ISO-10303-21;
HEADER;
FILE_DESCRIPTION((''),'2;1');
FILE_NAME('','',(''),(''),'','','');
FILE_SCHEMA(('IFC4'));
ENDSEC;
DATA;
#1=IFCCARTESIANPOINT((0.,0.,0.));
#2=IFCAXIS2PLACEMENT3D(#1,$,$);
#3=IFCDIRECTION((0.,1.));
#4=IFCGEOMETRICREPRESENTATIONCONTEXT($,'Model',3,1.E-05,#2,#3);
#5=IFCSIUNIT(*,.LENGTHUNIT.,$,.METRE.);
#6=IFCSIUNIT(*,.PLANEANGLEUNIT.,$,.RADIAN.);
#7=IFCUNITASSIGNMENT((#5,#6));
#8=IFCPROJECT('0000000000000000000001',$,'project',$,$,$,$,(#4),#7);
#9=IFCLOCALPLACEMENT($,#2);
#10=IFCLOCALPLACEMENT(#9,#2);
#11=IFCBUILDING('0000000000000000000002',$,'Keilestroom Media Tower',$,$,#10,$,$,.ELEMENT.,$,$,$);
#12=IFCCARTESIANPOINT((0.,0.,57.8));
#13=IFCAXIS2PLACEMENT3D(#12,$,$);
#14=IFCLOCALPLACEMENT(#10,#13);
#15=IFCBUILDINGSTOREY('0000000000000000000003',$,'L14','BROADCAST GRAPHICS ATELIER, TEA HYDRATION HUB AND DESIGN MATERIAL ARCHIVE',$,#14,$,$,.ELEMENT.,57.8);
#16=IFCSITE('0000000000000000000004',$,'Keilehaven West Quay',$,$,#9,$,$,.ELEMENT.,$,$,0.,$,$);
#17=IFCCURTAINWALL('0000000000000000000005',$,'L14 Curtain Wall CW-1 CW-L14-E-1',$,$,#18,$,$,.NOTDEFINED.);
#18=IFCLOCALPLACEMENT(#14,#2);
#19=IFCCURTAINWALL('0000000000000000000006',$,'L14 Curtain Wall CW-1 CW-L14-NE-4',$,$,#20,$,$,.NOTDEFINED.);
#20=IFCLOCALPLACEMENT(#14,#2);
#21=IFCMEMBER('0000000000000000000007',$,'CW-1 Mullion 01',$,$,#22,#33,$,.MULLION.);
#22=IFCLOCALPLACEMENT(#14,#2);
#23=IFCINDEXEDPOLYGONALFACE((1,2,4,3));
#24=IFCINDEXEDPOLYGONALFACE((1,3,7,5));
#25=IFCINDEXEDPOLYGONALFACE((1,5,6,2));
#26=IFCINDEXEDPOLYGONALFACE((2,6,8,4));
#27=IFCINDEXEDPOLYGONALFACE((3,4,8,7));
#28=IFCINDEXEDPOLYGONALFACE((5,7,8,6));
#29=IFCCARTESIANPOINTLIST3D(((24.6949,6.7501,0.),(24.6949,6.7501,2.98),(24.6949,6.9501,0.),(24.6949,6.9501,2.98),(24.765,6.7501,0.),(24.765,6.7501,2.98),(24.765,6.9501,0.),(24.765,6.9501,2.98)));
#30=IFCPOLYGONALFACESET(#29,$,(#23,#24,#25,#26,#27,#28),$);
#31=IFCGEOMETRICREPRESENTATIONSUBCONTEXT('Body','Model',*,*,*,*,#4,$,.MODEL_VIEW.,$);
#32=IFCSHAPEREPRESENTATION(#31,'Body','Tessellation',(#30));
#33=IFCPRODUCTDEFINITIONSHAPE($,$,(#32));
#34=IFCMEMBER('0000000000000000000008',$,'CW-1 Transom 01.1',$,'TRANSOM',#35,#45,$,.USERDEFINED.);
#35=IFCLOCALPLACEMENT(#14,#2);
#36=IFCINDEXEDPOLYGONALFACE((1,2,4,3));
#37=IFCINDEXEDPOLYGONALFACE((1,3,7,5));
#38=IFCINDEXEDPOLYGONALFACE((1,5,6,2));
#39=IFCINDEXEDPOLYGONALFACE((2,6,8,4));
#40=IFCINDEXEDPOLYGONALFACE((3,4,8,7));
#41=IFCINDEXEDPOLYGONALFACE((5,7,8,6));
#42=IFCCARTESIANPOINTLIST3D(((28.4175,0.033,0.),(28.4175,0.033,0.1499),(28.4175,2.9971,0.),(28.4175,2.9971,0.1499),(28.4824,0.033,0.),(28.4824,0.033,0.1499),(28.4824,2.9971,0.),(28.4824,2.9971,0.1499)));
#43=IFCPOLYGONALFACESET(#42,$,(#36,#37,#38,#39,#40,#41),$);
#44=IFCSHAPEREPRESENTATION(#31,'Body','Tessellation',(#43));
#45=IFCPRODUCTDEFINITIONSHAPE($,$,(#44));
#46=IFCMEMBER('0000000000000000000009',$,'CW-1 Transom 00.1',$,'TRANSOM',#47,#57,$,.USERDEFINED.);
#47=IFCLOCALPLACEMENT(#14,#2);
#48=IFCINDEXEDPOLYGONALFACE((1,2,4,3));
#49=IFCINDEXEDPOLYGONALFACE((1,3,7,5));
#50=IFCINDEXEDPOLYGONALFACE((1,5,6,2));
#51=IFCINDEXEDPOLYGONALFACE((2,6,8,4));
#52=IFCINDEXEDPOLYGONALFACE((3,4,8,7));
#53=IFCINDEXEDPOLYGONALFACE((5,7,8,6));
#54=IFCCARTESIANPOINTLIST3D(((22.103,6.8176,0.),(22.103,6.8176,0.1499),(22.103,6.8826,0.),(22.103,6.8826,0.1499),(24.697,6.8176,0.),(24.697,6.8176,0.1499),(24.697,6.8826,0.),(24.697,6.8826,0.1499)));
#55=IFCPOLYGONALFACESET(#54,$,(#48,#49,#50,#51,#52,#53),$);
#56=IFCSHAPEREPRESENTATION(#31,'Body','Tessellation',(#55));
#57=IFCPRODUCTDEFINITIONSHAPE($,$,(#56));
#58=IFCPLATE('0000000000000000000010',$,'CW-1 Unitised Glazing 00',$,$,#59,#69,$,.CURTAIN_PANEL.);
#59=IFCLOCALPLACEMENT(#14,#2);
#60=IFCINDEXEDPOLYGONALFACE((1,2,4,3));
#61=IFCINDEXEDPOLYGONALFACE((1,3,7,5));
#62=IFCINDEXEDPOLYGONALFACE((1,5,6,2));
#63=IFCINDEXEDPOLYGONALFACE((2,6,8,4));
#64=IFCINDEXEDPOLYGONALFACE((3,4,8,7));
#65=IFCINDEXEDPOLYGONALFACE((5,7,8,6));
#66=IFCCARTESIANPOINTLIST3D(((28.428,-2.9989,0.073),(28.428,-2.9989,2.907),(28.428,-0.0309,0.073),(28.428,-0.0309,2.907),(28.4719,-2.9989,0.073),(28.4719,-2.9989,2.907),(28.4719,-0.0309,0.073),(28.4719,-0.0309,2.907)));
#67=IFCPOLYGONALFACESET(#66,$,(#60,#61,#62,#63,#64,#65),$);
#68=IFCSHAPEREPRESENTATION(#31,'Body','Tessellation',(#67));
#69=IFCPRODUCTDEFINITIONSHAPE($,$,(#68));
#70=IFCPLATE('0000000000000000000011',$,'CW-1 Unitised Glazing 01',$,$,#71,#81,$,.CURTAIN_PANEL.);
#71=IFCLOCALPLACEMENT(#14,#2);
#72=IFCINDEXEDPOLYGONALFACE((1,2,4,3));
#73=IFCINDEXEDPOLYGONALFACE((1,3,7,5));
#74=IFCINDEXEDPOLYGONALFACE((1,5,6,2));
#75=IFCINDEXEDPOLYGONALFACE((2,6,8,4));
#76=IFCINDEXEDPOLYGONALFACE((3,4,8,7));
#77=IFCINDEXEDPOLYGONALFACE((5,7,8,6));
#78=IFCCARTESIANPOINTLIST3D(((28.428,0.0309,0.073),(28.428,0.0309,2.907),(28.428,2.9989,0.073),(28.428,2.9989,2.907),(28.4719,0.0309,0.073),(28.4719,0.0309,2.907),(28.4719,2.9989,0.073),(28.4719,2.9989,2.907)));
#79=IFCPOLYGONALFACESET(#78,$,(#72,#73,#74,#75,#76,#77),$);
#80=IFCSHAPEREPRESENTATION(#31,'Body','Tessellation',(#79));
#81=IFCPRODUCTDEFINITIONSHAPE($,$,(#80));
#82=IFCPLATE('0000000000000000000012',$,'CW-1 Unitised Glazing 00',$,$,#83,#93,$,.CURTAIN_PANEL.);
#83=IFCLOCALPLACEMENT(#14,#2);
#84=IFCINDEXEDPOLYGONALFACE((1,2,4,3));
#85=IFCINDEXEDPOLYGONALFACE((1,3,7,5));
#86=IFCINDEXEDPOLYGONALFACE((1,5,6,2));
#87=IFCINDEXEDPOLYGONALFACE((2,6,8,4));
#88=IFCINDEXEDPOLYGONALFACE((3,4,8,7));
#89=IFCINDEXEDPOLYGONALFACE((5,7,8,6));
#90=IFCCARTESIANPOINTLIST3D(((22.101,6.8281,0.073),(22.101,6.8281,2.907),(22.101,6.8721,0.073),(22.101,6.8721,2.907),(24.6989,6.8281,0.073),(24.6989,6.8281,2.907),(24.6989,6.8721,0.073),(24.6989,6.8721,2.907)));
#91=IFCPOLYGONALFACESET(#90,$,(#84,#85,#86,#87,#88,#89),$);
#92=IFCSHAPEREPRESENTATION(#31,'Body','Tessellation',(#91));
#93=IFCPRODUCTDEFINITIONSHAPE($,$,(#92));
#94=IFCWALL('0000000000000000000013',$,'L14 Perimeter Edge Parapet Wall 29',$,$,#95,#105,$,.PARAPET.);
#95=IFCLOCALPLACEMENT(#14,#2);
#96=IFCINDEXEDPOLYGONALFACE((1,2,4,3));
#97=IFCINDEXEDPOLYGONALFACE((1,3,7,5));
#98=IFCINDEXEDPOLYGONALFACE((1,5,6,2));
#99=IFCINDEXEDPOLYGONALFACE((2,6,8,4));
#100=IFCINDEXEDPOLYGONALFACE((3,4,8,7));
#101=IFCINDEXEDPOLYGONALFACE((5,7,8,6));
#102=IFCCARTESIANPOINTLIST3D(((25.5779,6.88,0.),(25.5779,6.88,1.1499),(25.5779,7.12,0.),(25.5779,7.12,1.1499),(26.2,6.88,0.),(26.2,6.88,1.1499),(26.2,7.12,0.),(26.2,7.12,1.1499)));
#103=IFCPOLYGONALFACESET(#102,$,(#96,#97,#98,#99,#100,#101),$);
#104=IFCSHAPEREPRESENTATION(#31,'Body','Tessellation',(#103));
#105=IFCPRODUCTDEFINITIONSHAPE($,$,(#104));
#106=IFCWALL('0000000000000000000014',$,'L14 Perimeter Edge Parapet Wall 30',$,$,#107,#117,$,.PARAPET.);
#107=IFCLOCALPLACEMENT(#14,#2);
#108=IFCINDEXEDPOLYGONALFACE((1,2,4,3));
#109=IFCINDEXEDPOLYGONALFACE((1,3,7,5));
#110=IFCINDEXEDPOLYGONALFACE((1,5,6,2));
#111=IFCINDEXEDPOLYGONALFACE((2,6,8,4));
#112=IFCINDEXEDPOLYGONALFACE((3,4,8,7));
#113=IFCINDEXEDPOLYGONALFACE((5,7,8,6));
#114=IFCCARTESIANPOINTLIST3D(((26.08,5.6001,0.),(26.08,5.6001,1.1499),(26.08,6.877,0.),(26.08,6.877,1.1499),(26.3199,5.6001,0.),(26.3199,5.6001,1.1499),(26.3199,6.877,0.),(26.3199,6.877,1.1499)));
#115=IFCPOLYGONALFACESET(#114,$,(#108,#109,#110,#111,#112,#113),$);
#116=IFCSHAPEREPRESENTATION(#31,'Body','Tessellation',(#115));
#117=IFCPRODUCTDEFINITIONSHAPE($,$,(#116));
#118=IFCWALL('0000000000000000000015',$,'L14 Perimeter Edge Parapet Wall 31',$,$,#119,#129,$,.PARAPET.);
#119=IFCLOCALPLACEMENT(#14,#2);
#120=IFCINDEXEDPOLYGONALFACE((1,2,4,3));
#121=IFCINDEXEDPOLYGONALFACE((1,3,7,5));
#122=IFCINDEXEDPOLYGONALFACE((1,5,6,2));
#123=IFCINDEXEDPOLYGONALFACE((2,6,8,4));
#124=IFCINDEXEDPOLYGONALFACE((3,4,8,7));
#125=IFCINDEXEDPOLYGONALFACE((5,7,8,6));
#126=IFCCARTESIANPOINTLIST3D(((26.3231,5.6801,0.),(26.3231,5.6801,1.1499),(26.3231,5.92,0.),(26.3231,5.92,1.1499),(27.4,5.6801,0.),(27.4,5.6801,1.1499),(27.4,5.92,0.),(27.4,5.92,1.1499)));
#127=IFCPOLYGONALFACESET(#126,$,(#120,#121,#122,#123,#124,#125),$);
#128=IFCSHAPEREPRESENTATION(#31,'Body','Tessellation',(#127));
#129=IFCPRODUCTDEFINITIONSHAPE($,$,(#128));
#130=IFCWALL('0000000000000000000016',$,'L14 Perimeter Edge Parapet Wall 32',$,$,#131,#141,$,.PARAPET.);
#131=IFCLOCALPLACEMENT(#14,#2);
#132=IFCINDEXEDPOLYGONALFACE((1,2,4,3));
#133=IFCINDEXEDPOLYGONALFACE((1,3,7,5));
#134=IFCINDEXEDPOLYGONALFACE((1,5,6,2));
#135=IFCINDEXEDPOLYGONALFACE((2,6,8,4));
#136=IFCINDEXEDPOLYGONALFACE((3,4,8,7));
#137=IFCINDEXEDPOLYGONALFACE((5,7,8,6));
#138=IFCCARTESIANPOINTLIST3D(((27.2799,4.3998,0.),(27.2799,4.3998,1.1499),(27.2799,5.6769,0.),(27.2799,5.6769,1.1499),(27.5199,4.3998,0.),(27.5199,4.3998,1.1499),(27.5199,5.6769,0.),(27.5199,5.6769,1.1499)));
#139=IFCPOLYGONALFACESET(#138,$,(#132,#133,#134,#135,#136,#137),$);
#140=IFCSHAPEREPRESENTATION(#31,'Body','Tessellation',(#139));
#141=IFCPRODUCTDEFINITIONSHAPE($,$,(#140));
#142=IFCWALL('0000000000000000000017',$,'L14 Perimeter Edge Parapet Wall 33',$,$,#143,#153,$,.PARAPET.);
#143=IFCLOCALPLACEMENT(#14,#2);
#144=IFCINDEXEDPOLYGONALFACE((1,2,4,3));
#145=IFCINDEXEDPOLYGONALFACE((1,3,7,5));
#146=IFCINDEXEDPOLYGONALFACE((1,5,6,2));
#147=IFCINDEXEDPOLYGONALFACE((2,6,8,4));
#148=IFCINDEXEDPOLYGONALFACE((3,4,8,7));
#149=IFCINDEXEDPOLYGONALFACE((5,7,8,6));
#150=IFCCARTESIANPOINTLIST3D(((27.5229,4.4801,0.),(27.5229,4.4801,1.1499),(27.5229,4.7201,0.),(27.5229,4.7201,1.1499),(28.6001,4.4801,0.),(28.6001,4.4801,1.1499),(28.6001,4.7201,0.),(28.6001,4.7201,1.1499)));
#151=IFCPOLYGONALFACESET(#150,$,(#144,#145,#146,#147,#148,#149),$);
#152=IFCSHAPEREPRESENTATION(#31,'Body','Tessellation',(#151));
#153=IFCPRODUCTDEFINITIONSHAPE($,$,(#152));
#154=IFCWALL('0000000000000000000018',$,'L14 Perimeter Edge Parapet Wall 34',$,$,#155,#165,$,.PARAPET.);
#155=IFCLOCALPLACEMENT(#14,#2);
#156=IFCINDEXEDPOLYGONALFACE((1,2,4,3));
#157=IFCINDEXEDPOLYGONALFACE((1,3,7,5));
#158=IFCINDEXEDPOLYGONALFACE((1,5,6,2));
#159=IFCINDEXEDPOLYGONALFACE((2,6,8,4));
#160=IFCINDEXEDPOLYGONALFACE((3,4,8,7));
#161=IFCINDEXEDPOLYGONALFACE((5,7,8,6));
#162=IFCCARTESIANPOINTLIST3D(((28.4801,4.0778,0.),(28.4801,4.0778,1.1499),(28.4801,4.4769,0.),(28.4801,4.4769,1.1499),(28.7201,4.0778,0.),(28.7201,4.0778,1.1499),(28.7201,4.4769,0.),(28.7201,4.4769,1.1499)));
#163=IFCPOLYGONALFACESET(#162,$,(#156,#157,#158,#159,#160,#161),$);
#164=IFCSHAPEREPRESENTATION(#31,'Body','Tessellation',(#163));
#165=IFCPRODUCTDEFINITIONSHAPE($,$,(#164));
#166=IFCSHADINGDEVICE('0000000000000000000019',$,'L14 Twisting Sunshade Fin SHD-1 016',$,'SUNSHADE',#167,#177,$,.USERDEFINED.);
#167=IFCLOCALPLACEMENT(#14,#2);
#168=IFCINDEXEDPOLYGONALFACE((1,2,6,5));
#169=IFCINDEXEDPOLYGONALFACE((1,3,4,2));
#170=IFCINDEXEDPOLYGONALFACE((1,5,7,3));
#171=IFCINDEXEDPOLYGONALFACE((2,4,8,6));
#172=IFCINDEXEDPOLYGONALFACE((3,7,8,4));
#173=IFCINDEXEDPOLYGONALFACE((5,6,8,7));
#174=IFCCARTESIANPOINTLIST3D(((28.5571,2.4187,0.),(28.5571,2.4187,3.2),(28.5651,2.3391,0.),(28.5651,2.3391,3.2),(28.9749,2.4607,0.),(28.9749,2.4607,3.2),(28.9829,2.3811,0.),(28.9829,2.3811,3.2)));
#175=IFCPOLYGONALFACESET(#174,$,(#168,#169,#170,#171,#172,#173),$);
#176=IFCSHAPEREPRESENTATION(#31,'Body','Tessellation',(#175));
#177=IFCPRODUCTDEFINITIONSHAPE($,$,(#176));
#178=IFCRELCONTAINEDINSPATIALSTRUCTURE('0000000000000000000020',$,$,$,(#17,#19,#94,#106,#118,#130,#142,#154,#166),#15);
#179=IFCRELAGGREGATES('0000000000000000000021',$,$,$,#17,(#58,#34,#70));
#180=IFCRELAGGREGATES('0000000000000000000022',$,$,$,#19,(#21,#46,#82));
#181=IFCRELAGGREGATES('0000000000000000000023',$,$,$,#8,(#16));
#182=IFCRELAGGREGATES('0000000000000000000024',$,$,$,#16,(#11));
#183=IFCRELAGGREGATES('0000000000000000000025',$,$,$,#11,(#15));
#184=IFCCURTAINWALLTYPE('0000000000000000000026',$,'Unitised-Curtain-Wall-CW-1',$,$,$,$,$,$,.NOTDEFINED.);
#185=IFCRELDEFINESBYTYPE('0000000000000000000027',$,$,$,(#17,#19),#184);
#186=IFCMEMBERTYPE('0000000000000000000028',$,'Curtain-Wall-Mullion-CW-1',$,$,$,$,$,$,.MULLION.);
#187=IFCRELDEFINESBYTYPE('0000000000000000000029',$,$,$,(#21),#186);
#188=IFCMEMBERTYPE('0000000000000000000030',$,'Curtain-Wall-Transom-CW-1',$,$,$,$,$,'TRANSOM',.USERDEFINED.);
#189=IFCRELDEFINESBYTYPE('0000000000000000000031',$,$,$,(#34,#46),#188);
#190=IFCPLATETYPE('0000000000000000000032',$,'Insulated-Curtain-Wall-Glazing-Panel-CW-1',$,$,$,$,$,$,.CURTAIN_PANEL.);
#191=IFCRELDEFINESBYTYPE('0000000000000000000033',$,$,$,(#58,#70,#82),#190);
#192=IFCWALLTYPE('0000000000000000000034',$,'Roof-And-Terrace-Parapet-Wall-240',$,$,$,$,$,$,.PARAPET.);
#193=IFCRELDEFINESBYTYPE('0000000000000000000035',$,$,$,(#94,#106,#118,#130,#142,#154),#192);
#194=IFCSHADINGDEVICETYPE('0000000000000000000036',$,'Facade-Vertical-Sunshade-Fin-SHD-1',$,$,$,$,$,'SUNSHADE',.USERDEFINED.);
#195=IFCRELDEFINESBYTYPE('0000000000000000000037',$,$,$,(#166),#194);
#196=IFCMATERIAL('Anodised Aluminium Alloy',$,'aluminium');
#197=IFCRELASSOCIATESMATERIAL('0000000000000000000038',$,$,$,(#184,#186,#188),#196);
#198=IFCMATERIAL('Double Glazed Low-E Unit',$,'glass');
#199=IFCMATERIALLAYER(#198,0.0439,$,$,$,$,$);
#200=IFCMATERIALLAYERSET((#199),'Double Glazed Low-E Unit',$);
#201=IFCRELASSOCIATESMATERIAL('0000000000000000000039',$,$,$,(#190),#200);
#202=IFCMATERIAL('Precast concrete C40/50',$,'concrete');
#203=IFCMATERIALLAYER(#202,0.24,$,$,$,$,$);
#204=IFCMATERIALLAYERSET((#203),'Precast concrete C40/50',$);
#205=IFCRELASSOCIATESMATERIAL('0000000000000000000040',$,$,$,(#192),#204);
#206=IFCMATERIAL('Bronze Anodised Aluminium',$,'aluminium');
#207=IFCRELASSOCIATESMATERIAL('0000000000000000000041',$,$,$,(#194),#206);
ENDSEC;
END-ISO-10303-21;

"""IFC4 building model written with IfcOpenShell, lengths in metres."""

from ifc_helpers import new_model, si_unit, direction, frame, frame_2d, origin, origin_2d, place, context, subcontext, project, spatial, rectangle, extrude, source, transform, mapped, material, layer, layer_set, material_profile, profile_set, type_object, element, aggregate, save


model = new_model("IFC4")

# Units and contexts
model_context = context("Model", 3, precision=1e-05, world=origin(), true_north=direction((0.0, 1.0)))
body_context = subcontext(model_context, "Body", "Model", "MODEL_VIEW")
ifc_project = project(units=[si_unit("LENGTHUNIT", "METRE"), si_unit("PLANEANGLEUNIT", "RADIAN")], contexts=[model_context])

# Site, building, storey
site_placement = place(None, origin())
site = spatial("IfcSite", under=ifc_project, at=site_placement, Name="Keilehaven West Quay", CompositionType="ELEMENT", RefElevation=0.0)
building_placement = place(site_placement, origin())
building = spatial("IfcBuilding", under=site, at=building_placement, Name="Keilestroom Media Tower", CompositionType="ELEMENT")
storey_placement = place(building_placement, frame((0.0, 0.0, 57.8)))
storey = spatial("IfcBuildingStorey", under=building, at=storey_placement, Name="L14", Description="BROADCAST GRAPHICS ATELIER, TEA HYDRATION HUB AND DESIGN MATERIAL ARCHIVE", CompositionType="ELEMENT", Elevation=57.8)

# Shared definitions
ifc_material_1 = material(Name="Precast concrete C40/50", Category="concrete")

# Curtain walls, member
ifc_material_2 = material(Name="Anodised Aluminium Alloy", Category="aluminium")
curtain_wall_type = type_object("IfcCurtainWallType", Name="Unitised-Curtain-Wall-CW-1", PredefinedType="NOTDEFINED", material=ifc_material_2)
curtain_wall_1_placement = place(storey_placement, origin())
curtain_wall_1 = element("IfcCurtainWall", 1, at=curtain_wall_1_placement, inside=storey, type_object=curtain_wall_type, Name="L14 Curtain Wall CW-1 CW-L14-E-1", PredefinedType="NOTDEFINED")
ifc_material_profile_1 = material_profile(ifc_material_2, rectangle(XDim=0.0701, YDim=0.2, at=origin_2d()), Name="ALU MULLION 70x200")
ifc_profile_set_1 = profile_set([ifc_material_profile_1], Name="Anodised Aluminium Alloy")
member_type_1 = type_object("IfcMemberType", Name="Curtain-Wall-Mullion-CW-1", PredefinedType="MULLION", material=ifc_profile_set_1)
shared_shape_1 = source(origin(), body_context, "Body", "SweptSolid", [
    extrude(rectangle(XDim=0.0701, YDim=0.2, at=origin_2d()), origin(), (0.0, 0.0, 1.0), 2.98),
])
curtain_wall_2_placement = place(storey_placement, origin())
curtain_wall_2 = element("IfcCurtainWall", 2, at=curtain_wall_2_placement, inside=storey, type_object=curtain_wall_type, Name="L14 Curtain Wall CW-1 CW-L14-NE-4", PredefinedType="NOTDEFINED")
member_1_placement = place(storey_placement, frame((24.73, 6.8501, 0.0), z_axis=(0.0, 0.0, 1.0), x_axis=(1.0, 0.0, 0.0)))
member_1 = element("IfcMember", 3, at=member_1_placement, type_object=member_type_1, Name="CW-1 Mullion 01", PredefinedType="MULLION", context=body_context, shape_type="MappedRepresentation", body=[
    mapped(shared_shape_1, transform((0.0, 0.0, 0.0), x_axis=(1.0, 0.0, 0.0), y_axis=(0.0, 1.0, 0.0), z_axis=(0.0, 0.0, 1.0), scale=1.0)),
])

# Members
ifc_material_profile_2 = material_profile(ifc_material_2, rectangle(XDim=0.0649, YDim=0.1499, at=origin_2d()), Name="ALU TRANSOM 65x150")
ifc_profile_set_2 = profile_set([ifc_material_profile_2], Name="Anodised Aluminium Alloy")
member_type_2 = type_object("IfcMemberType", Name="Curtain-Wall-Transom-CW-1", ElementType="TRANSOM", PredefinedType="USERDEFINED", material=ifc_profile_set_2)
shared_shape_2 = source(origin(), body_context, "Body", "SweptSolid", [
    extrude(rectangle(XDim=0.0649, YDim=0.1499, at=origin_2d()), origin(), (0.0, 0.0, 1.0), 2.9641),
])
member_2_placement = place(storey_placement, frame((28.45, 0.033, 0.075), z_axis=(0.0, 1.0, 0.0), x_axis=(-1.0, 0.0, 0.0)))
member_2 = element("IfcMember", 4, at=member_2_placement, type_object=member_type_2, Name="CW-1 Transom 01.1", ObjectType="TRANSOM", PredefinedType="USERDEFINED", context=body_context, shape_type="MappedRepresentation", body=[
    mapped(shared_shape_2, transform((0.0, 0.0, 0.0), x_axis=(1.0, 0.0, 0.0), y_axis=(0.0, 1.0, 0.0), z_axis=(0.0, 0.0, 1.0), scale=1.0)),
])
shared_shape_3 = source(origin(), body_context, "Body", "SweptSolid", [
    extrude(rectangle(XDim=0.0649, YDim=0.1499, at=origin_2d()), origin(), (0.0, 0.0, 1.0), 2.594),
])
member_3_placement = place(storey_placement, frame((22.103, 6.8501, 0.075), z_axis=(1.0, 0.0, 0.0), x_axis=(0.0, 1.0, 0.0)))
member_3 = element("IfcMember", 5, at=member_3_placement, type_object=member_type_2, Name="CW-1 Transom 00.1", ObjectType="TRANSOM", PredefinedType="USERDEFINED", context=body_context, shape_type="MappedRepresentation", body=[
    mapped(shared_shape_3, transform((0.0, 0.0, 0.0), x_axis=(1.0, 0.0, 0.0), y_axis=(0.0, 1.0, 0.0), z_axis=(0.0, 0.0, 1.0), scale=1.0)),
])

# Plates
ifc_material_3 = material(Name="Double Glazed Low-E Unit", Category="glass")
ifc_layer_1 = layer(ifc_material_3, 0.0439)
ifc_layer_set_1 = layer_set([ifc_layer_1], Name="Double Glazed Low-E Unit")
plate_type = type_object("IfcPlateType", Name="Insulated-Curtain-Wall-Glazing-Panel-CW-1", PredefinedType="CURTAIN_PANEL", material=ifc_layer_set_1)
shared_shape_4 = source(origin(), body_context, "Body", "SweptSolid", [
    extrude(rectangle(XDim=2.968, YDim=0.0439, at=origin_2d()), origin(), (0.0, 0.0, 1.0), 2.834),
])
plate_1_placement = place(storey_placement, frame((28.45, -1.5149, 0.073), z_axis=(0.0, 0.0, 1.0), x_axis=(0.0, 1.0, 0.0)))
plate_1 = element("IfcPlate", 6, at=plate_1_placement, type_object=plate_type, Name="CW-1 Unitised Glazing 00", PredefinedType="CURTAIN_PANEL", context=body_context, shape_type="MappedRepresentation", body=[
    mapped(shared_shape_4, transform((0.0, 0.0, 0.0), x_axis=(1.0, 0.0, 0.0), y_axis=(0.0, 1.0, 0.0), z_axis=(0.0, 0.0, 1.0), scale=1.0)),
])
plate_2_placement = place(storey_placement, frame((28.45, 1.5149, 0.073), z_axis=(0.0, 0.0, 1.0), x_axis=(0.0, 1.0, 0.0)))
plate_2 = element("IfcPlate", 7, at=plate_2_placement, type_object=plate_type, Name="CW-1 Unitised Glazing 01", PredefinedType="CURTAIN_PANEL", context=body_context, shape_type="MappedRepresentation", body=[
    mapped(shared_shape_4, transform((0.0, 0.0, 0.0), x_axis=(1.0, 0.0, 0.0), y_axis=(0.0, 1.0, 0.0), z_axis=(0.0, 0.0, 1.0), scale=1.0)),
])
aggregate(curtain_wall_1, [plate_1, member_2, plate_2])
shared_shape_5 = source(origin(), body_context, "Body", "SweptSolid", [
    extrude(rectangle(XDim=2.5979, YDim=0.0439, at=origin_2d()), origin(), (0.0, 0.0, 1.0), 2.834),
])
plate_3_placement = place(storey_placement, frame((23.3999, 6.8501, 0.073), z_axis=(0.0, 0.0, 1.0), x_axis=(1.0, 0.0, 0.0)))
plate_3 = element("IfcPlate", 8, at=plate_3_placement, type_object=plate_type, Name="CW-1 Unitised Glazing 00", PredefinedType="CURTAIN_PANEL", context=body_context, shape_type="MappedRepresentation", body=[
    mapped(shared_shape_5, transform((0.0, 0.0, 0.0), x_axis=(1.0, 0.0, 0.0), y_axis=(0.0, 1.0, 0.0), z_axis=(0.0, 0.0, 1.0), scale=1.0)),
])
aggregate(curtain_wall_2, [member_1, member_3, plate_3])

# Walls
ifc_layer_2 = layer(ifc_material_1, 0.24)
ifc_layer_set_2 = layer_set([ifc_layer_2], Name="Precast concrete C40/50")
wall_type = type_object("IfcWallType", Name="Roof-And-Terrace-Parapet-Wall-240", PredefinedType="PARAPET", material=ifc_layer_set_2)
wall_1_placement = place(storey_placement, frame((25.5779, 7.0, 0.0), z_axis=(0.0, 0.0, 1.0), x_axis=(1.0, 0.0, 0.0)))
element("IfcWall", 9, at=wall_1_placement, inside=storey, type_object=wall_type, Name="L14 Perimeter Edge Parapet Wall 29", PredefinedType="PARAPET", context=body_context, shape_type="SweptSolid", body=[
    extrude(rectangle(XDim=0.6221, YDim=0.24, at=frame_2d((0.311, 0.0))), origin(), (0.0, 0.0, 1.0), 1.1499),
])
wall_2_placement = place(storey_placement, frame((26.2, 6.877, 0.0), z_axis=(0.0, 0.0, 1.0), x_axis=(0.0, -1.0, 0.0)))
element("IfcWall", 10, at=wall_2_placement, inside=storey, type_object=wall_type, Name="L14 Perimeter Edge Parapet Wall 30", PredefinedType="PARAPET", context=body_context, shape_type="SweptSolid", body=[
    extrude(rectangle(XDim=1.2769, YDim=0.24, at=frame_2d((0.6384, 0.0))), origin(), (0.0, 0.0, 1.0), 1.1499),
])
wall_3_placement = place(storey_placement, frame((26.323, 5.8, 0.0), z_axis=(0.0, 0.0, 1.0), x_axis=(1.0, 0.0, 0.0)))
element("IfcWall", 11, at=wall_3_placement, inside=storey, type_object=wall_type, Name="L14 Perimeter Edge Parapet Wall 31", PredefinedType="PARAPET", context=body_context, shape_type="SweptSolid", body=[
    extrude(rectangle(XDim=1.0769, YDim=0.24, at=frame_2d((0.5386, 0.0))), origin(), (0.0, 0.0, 1.0), 1.1499),
])
wall_4_placement = place(storey_placement, frame((27.3999, 5.677, 0.0), z_axis=(0.0, 0.0, 1.0), x_axis=(0.0, -1.0, 0.0)))
element("IfcWall", 12, at=wall_4_placement, inside=storey, type_object=wall_type, Name="L14 Perimeter Edge Parapet Wall 32", PredefinedType="PARAPET", context=body_context, shape_type="SweptSolid", body=[
    extrude(rectangle(XDim=1.2771, YDim=0.24, at=frame_2d((0.6387, 0.0))), origin(), (0.0, 0.0, 1.0), 1.1499),
])
wall_5_placement = place(storey_placement, frame((27.5229, 4.6001, 0.0), z_axis=(0.0, 0.0, 1.0), x_axis=(1.0, 0.0, 0.0)))
element("IfcWall", 13, at=wall_5_placement, inside=storey, type_object=wall_type, Name="L14 Perimeter Edge Parapet Wall 33", PredefinedType="PARAPET", context=body_context, shape_type="SweptSolid", body=[
    extrude(rectangle(XDim=1.0771, YDim=0.24, at=frame_2d((0.5386, 0.0))), origin(), (0.0, 0.0, 1.0), 1.1499),
])
wall_6_placement = place(storey_placement, frame((28.6001, 4.4771, 0.0), z_axis=(0.0, 0.0, 1.0), x_axis=(0.0, -1.0, 0.0)))
element("IfcWall", 14, at=wall_6_placement, inside=storey, type_object=wall_type, Name="L14 Perimeter Edge Parapet Wall 34", PredefinedType="PARAPET", context=body_context, shape_type="SweptSolid", body=[
    extrude(rectangle(XDim=0.3992, YDim=0.24, at=frame_2d((0.1997, 0.0))), origin(), (0.0, 0.0, 1.0), 1.1499),
])

# Shading device
ifc_material_4 = material(Name="Bronze Anodised Aluminium", Category="aluminium")
shading_device_type = type_object("IfcShadingDeviceType", Name="Facade-Vertical-Sunshade-Fin-SHD-1", ElementType="SUNSHADE", PredefinedType="USERDEFINED", material=ifc_material_4)
shared_shape_6 = source(origin(), body_context, "Body", "SweptSolid", [
    extrude(rectangle(XDim=0.4199, YDim=0.0801, at=origin_2d()), origin(), (0.0, 0.0, 1.0), 3.2),
])
shading_device_placement = place(storey_placement, frame((28.77, 2.3999, 0.0), z_axis=(0.0, 0.0, 1.0), x_axis=(0.994986, 0.100014, 0.0)))
element("IfcShadingDevice", 15, at=shading_device_placement, inside=storey, type_object=shading_device_type, Name="L14 Twisting Sunshade Fin SHD-1 016", ObjectType="SUNSHADE", PredefinedType="USERDEFINED", context=body_context, shape_type="MappedRepresentation", body=[
    mapped(shared_shape_6, transform((0.0, 0.0, 0.0), x_axis=(1.0, 0.0, 0.0), y_axis=(0.0, 1.0, 0.0), z_axis=(0.0, 0.0, 1.0), scale=1.0)),
])

save(model, "model.ifc")
